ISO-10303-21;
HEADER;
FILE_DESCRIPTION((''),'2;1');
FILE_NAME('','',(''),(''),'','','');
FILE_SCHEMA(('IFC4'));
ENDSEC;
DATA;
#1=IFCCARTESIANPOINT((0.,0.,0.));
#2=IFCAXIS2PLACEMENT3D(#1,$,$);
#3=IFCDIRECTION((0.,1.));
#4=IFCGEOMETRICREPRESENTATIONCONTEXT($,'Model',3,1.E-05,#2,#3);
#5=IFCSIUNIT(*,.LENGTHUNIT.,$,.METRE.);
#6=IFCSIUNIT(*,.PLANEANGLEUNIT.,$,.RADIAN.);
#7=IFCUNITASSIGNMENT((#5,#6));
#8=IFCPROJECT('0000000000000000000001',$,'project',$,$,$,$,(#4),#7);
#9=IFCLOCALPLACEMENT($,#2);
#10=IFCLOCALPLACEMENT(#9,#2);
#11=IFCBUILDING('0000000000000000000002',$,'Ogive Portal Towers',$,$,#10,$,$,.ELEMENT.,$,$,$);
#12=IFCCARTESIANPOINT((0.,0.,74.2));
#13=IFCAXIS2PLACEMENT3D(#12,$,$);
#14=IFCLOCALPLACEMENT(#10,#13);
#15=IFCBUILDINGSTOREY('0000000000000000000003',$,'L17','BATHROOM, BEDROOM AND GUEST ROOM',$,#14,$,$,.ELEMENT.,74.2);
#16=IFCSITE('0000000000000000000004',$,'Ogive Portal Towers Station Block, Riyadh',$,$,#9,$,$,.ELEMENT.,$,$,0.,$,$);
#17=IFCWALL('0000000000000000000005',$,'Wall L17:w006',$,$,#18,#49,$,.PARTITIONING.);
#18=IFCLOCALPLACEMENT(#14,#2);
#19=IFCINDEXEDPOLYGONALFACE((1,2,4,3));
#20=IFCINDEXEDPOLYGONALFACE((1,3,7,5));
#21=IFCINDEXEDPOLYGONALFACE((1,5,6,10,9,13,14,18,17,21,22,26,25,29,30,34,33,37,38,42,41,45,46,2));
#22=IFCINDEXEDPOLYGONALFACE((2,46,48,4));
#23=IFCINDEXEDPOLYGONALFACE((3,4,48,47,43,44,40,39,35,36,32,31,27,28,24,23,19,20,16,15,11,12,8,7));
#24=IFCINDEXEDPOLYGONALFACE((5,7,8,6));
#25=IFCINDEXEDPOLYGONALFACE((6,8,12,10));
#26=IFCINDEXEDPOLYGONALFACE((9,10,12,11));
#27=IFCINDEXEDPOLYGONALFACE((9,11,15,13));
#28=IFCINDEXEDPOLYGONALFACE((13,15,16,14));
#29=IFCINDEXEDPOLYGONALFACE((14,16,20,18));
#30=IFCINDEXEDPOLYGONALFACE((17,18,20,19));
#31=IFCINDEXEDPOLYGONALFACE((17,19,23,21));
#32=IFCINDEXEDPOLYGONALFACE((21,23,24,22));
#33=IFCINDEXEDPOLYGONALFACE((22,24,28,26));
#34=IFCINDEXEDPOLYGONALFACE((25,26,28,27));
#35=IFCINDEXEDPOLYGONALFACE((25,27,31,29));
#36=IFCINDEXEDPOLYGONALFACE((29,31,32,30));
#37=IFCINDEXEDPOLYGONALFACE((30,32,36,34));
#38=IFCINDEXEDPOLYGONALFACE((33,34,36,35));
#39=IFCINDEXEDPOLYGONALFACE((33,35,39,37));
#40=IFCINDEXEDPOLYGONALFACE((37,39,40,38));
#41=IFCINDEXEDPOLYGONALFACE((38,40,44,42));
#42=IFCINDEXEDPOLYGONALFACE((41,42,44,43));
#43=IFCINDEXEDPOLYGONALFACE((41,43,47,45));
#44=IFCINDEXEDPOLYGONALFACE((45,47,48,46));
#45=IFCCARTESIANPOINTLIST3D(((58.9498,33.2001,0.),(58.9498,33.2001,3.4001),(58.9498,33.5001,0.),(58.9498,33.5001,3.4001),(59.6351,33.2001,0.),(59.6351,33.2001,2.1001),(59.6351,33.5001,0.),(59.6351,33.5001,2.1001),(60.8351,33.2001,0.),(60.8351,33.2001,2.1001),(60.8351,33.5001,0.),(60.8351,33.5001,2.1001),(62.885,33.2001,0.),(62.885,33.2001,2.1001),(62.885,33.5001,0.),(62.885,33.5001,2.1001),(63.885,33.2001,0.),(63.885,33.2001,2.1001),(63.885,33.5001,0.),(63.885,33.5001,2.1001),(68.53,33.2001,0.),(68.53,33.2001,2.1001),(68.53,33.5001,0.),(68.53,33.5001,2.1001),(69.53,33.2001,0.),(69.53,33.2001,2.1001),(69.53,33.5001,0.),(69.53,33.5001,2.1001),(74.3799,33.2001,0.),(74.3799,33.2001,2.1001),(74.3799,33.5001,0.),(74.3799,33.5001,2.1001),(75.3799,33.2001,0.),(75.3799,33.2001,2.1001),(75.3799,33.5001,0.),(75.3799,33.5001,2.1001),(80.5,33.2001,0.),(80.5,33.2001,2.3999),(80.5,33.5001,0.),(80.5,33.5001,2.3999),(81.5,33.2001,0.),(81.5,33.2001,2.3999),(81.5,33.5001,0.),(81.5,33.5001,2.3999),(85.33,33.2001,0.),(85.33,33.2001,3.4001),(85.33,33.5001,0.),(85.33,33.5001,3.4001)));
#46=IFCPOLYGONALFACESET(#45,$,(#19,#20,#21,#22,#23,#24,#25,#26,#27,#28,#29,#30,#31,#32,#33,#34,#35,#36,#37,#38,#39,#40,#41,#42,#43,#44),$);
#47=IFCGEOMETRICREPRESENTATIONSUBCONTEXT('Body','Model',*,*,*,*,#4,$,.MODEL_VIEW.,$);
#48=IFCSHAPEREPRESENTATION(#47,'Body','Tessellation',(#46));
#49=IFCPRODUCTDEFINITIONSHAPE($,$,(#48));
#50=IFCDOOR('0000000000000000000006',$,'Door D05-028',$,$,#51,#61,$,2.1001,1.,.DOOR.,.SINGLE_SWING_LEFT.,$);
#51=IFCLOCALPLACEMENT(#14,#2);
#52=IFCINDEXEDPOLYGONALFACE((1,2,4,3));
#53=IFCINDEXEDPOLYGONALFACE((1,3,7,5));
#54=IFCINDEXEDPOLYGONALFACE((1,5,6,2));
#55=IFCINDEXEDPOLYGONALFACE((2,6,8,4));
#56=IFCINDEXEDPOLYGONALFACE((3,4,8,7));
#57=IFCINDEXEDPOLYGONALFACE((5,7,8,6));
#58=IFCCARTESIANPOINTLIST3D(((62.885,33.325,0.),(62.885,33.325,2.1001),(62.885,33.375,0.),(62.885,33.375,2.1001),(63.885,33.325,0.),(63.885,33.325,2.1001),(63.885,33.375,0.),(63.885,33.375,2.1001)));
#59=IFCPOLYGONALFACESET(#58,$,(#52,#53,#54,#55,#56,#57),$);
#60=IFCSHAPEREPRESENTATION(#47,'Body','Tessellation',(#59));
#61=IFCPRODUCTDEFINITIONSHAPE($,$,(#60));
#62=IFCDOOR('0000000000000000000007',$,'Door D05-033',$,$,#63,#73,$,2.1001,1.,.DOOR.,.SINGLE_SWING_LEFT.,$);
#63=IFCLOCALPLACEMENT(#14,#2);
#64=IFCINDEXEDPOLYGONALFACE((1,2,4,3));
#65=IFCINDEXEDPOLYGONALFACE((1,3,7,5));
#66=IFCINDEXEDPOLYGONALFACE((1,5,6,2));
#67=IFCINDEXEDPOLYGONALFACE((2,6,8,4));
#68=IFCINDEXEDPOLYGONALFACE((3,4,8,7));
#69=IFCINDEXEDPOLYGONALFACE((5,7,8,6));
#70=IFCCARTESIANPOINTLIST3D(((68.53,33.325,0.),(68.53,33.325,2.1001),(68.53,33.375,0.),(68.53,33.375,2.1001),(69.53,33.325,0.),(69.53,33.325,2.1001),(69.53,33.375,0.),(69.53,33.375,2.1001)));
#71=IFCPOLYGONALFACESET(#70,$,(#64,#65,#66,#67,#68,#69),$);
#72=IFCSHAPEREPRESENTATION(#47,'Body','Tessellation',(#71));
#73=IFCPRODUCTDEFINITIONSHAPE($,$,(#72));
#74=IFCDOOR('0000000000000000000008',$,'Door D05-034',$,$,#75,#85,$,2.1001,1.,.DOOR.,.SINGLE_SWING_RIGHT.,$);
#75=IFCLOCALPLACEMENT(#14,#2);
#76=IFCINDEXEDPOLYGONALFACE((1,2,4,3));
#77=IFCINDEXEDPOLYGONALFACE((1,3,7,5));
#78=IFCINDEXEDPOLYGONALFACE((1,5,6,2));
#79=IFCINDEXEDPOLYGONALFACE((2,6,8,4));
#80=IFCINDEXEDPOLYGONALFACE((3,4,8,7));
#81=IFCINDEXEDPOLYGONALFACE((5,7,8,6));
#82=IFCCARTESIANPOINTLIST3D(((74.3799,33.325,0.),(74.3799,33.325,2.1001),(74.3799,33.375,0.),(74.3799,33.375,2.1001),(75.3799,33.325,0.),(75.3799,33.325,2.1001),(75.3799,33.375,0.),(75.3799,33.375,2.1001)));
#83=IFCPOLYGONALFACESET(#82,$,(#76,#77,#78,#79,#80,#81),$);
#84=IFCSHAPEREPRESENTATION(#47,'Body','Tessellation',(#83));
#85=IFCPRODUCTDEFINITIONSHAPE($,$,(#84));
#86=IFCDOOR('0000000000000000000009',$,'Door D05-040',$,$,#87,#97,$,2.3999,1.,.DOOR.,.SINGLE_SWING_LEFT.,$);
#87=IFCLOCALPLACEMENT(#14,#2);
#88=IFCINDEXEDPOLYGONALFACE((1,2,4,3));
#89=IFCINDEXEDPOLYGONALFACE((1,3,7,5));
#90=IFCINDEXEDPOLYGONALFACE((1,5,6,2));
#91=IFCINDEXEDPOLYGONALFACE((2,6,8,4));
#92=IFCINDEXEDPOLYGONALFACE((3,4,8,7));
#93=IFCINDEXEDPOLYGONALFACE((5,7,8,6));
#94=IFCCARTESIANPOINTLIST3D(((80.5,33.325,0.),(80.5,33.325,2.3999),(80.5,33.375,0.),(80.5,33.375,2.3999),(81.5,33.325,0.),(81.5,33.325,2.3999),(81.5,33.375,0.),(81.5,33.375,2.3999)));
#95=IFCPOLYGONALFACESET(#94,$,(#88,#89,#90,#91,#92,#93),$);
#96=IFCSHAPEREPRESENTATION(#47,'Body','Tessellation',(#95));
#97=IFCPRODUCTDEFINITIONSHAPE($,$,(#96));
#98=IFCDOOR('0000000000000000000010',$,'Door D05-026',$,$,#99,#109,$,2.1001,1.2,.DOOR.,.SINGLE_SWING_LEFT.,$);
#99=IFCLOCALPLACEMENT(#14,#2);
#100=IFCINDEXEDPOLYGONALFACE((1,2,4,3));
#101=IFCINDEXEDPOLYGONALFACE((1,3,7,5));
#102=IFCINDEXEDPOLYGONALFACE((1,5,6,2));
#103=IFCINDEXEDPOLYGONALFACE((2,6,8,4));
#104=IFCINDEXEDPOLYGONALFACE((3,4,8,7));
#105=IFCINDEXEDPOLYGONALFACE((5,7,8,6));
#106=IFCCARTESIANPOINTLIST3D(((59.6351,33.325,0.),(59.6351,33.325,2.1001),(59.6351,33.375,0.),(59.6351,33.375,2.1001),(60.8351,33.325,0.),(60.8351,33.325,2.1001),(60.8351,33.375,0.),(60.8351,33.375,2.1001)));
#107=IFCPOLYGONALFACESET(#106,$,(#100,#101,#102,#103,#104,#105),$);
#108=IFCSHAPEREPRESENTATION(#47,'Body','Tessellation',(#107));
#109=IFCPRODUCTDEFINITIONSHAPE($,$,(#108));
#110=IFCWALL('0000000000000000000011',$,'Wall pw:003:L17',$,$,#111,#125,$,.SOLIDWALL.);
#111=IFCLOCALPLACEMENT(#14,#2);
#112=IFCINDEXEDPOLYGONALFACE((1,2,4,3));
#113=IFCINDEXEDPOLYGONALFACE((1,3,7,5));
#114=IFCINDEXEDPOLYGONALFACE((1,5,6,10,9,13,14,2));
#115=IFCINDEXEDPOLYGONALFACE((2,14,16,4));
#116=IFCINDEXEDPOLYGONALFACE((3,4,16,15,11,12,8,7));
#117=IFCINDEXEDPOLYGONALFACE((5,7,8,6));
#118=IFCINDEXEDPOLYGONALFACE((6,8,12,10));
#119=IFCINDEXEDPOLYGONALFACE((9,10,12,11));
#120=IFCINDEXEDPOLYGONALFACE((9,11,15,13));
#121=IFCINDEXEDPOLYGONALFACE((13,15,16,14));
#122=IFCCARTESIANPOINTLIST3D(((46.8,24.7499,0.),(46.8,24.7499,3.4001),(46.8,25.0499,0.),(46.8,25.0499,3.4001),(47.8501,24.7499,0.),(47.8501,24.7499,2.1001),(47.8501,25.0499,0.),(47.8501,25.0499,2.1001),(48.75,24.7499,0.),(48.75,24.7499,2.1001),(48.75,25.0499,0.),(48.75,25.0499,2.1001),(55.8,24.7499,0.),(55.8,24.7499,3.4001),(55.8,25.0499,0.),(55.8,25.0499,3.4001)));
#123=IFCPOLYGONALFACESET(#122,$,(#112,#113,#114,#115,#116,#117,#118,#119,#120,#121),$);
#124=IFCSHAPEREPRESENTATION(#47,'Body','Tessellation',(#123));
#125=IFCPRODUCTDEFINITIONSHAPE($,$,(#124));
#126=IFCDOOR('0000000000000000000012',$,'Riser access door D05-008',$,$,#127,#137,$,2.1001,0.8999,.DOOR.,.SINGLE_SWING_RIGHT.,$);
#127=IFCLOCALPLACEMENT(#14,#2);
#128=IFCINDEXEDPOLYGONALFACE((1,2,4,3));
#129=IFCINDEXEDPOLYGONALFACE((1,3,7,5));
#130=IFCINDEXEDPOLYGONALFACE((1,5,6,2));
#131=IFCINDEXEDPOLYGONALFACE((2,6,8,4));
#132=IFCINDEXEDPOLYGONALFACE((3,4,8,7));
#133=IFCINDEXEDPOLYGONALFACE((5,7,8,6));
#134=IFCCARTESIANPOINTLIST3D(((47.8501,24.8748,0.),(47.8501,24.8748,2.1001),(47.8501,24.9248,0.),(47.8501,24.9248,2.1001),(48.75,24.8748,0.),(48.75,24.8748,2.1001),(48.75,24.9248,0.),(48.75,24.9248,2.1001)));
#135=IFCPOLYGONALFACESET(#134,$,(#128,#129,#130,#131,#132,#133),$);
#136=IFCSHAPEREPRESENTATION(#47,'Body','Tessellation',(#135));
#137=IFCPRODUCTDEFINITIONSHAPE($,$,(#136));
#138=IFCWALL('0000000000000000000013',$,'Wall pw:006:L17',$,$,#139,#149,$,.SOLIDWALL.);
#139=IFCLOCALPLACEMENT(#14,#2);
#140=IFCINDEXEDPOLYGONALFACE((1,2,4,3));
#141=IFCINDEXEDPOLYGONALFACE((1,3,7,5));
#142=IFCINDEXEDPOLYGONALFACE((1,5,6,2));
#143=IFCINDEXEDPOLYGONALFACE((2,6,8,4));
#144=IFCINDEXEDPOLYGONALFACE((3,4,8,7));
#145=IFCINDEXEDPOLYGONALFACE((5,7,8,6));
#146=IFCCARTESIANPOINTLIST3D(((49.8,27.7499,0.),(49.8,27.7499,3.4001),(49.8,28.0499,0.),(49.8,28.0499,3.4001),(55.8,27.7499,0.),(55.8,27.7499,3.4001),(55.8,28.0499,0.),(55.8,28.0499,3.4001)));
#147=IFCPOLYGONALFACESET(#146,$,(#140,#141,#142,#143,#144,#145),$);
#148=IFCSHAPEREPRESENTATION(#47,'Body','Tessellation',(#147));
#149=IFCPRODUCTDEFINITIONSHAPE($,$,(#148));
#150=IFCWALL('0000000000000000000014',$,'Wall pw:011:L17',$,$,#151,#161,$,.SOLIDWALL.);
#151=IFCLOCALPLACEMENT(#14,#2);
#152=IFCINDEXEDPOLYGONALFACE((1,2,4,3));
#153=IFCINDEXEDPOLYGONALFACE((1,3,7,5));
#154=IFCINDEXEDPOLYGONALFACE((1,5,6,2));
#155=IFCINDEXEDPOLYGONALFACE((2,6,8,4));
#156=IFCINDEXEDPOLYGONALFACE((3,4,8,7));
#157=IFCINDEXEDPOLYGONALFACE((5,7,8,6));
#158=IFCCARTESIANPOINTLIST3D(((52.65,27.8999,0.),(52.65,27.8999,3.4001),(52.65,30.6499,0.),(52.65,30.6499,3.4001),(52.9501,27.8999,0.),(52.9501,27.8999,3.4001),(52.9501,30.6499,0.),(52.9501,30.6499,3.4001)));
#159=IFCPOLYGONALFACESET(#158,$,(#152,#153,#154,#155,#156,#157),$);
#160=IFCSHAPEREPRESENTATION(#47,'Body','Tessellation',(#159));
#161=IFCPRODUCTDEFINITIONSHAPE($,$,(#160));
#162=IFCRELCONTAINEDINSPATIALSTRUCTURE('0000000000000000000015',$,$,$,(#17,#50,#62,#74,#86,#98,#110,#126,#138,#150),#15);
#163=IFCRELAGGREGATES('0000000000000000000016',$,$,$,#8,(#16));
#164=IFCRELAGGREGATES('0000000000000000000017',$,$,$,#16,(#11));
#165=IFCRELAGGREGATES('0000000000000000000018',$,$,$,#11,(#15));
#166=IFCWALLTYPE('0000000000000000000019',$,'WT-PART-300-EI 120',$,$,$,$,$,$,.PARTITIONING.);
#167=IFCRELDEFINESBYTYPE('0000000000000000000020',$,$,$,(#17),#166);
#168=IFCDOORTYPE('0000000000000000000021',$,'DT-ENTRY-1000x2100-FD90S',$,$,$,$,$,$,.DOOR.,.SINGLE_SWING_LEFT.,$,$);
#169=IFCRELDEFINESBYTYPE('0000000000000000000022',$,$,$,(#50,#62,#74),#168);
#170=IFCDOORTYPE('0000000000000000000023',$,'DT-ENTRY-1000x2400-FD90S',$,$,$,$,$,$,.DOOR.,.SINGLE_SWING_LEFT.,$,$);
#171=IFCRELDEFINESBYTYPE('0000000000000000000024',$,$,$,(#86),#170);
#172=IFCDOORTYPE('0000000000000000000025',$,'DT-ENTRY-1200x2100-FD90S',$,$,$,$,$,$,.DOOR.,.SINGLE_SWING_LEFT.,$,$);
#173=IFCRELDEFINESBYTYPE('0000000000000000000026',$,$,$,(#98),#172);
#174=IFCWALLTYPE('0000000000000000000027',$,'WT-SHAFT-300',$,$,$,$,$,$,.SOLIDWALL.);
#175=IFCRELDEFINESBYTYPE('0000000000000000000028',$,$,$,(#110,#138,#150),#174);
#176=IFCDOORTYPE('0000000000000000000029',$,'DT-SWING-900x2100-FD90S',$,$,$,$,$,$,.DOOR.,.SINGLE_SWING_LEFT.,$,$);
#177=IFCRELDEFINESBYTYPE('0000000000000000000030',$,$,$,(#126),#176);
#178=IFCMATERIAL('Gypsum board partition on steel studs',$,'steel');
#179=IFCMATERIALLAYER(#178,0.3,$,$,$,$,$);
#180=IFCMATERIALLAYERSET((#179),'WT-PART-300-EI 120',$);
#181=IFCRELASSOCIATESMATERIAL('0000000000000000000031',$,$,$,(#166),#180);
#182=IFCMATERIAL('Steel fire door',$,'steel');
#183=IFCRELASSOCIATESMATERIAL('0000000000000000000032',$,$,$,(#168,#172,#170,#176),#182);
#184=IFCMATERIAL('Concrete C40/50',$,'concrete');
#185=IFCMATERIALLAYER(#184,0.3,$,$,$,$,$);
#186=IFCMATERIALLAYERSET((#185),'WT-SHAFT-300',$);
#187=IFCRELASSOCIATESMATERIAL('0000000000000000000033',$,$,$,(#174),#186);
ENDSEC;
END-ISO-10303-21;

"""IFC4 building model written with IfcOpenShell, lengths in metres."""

from ifc_helpers import new_model, si_unit, direction, frame, frame_2d, origin, place, context, subcontext, project, spatial, rectangle, extrude, material, layer, layer_set, type_object, element, fill, save


model = new_model("IFC4")

# Units and contexts
model_context = context("Model", 3, precision=1e-05, world=origin(), true_north=direction((0.0, 1.0)))
body_context = subcontext(model_context, "Body", "Model", "MODEL_VIEW")
ifc_project = project(units=[si_unit("LENGTHUNIT", "METRE"), si_unit("PLANEANGLEUNIT", "RADIAN")], contexts=[model_context])

# Site, building, storey
site_placement = place(None, origin())
site = spatial("IfcSite", under=ifc_project, at=site_placement, Name="Ogive Portal Towers Station Block, Riyadh", CompositionType="ELEMENT", RefElevation=0.0)
building_placement = place(site_placement, origin())
building = spatial("IfcBuilding", under=site, at=building_placement, Name="Ogive Portal Towers", CompositionType="ELEMENT")
storey_placement = place(building_placement, frame((0.0, 0.0, 74.2)))
storey = spatial("IfcBuildingStorey", under=building, at=storey_placement, Name="L17", Description="BATHROOM, BEDROOM AND GUEST ROOM", CompositionType="ELEMENT", Elevation=74.2)

# Shared definitions
ifc_material_1 = material(Name="Gypsum board partition on steel studs", Category="steel")
ifc_material_2 = material(Name="Steel fire door", Category="steel")

# Wall, openings, doors
ifc_layer_1 = layer(ifc_material_1, 0.3)
ifc_layer_set_1 = layer_set([ifc_layer_1], Name="WT-PART-300-EI 120")
wall_type_1 = type_object("IfcWallType", Name="WT-PART-300-EI 120", PredefinedType="PARTITIONING", material=ifc_layer_set_1)
door_type_1 = type_object("IfcDoorType", Name="DT-ENTRY-1000x2100-FD90S", OperationType="SINGLE_SWING_LEFT", PredefinedType="DOOR", material=ifc_material_2)
door_type_2 = type_object("IfcDoorType", Name="DT-ENTRY-1200x2100-FD90S", OperationType="SINGLE_SWING_LEFT", PredefinedType="DOOR", material=ifc_material_2)
wall_1_placement = place(storey_placement, frame((58.95, 33.3501, 0.0), z_axis=(0.0, 0.0, 1.0), x_axis=(1.0, 0.0, 0.0)))
wall_1 = element("IfcWall", 1, at=wall_1_placement, inside=storey, type_object=wall_type_1, Name="Wall L17:w006", PredefinedType="PARTITIONING", context=body_context, shape_type="SweptSolid", body=[
    extrude(rectangle(XDim=26.3801, YDim=0.3, at=frame_2d((13.1899, 0.0))), origin(), (0.0, 0.0, 1.0), 3.4001),
])
opening_1_placement = place(wall_1_placement, frame((0.6851, 0.0, 0.0)))
opening_1 = element("IfcOpeningElement", 2, at=opening_1_placement, cuts=wall_1, PredefinedType="OPENING", context=body_context, shape_type="SweptSolid", body=[
    extrude(rectangle(XDim=1.2, YDim=2.1001, at=frame_2d((0.6001, 1.05))), frame((0.0, 0.1602, 0.0), z_axis=(0.0, -1.0, 0.0), x_axis=(1.0, 0.0, 0.0)), (0.0, 0.0, 1.0), 0.3201),
])
opening_2_placement = place(wall_1_placement, frame((3.9351, 0.0, 0.0)))
opening_2 = element("IfcOpeningElement", 3, at=opening_2_placement, cuts=wall_1, PredefinedType="OPENING", context=body_context, shape_type="SweptSolid", body=[
    extrude(rectangle(XDim=1.0, YDim=2.1001, at=frame_2d((0.5, 1.05))), frame((0.0, 0.1602, 0.0), z_axis=(0.0, -1.0, 0.0), x_axis=(1.0, 0.0, 0.0)), (0.0, 0.0, 1.0), 0.3201),
])
opening_3_placement = place(wall_1_placement, frame((9.5801, 0.0, 0.0)))
opening_3 = element("IfcOpeningElement", 4, at=opening_3_placement, cuts=wall_1, PredefinedType="OPENING", context=body_context, shape_type="SweptSolid", body=[
    extrude(rectangle(XDim=1.0, YDim=2.1001, at=frame_2d((0.5, 1.05))), frame((0.0, 0.1602, 0.0), z_axis=(0.0, -1.0, 0.0), x_axis=(1.0, 0.0, 0.0)), (0.0, 0.0, 1.0), 0.3201),
])
opening_4_placement = place(wall_1_placement, frame((15.4299, 0.0, 0.0)))
opening_4 = element("IfcOpeningElement", 5, at=opening_4_placement, cuts=wall_1, PredefinedType="OPENING", context=body_context, shape_type="SweptSolid", body=[
    extrude(rectangle(XDim=1.0, YDim=2.1001, at=frame_2d((0.5, 1.05))), frame((0.0, 0.1602, 0.0), z_axis=(0.0, -1.0, 0.0), x_axis=(1.0, 0.0, 0.0)), (0.0, 0.0, 1.0), 0.3201),
])
opening_5_placement = place(wall_1_placement, frame((21.55, 0.0, 0.0)))
opening_5 = element("IfcOpeningElement", 6, at=opening_5_placement, cuts=wall_1, PredefinedType="OPENING", context=body_context, shape_type="SweptSolid", body=[
    extrude(rectangle(XDim=1.0, YDim=2.3999, at=frame_2d((0.5, 1.2))), frame((0.0, 0.1602, 0.0), z_axis=(0.0, -1.0, 0.0), x_axis=(1.0, 0.0, 0.0)), (0.0, 0.0, 1.0), 0.3201),
])
door_1_placement = place(opening_2_placement, origin())
door_1 = element("IfcDoor", 7, at=door_1_placement, inside=storey, type_object=door_type_1, Name="Door D05-028", OperationType="SINGLE_SWING_LEFT", OverallHeight=2.1001, OverallWidth=1.0, PredefinedType="DOOR", context=body_context, shape_type="SweptSolid", body=[
    extrude(rectangle(XDim=1.0, YDim=2.1001, at=frame_2d((0.5, 1.05))), frame((0.0, 0.0249, 0.0), z_axis=(0.0, -1.0, 0.0), x_axis=(1.0, 0.0, 0.0)), (0.0, 0.0, 1.0), 0.05),
])
fill(opening_2, door_1)
door_2_placement = place(opening_3_placement, origin())
door_2 = element("IfcDoor", 8, at=door_2_placement, inside=storey, type_object=door_type_1, Name="Door D05-033", OperationType="SINGLE_SWING_LEFT", OverallHeight=2.1001, OverallWidth=1.0, PredefinedType="DOOR", context=body_context, shape_type="SweptSolid", body=[
    extrude(rectangle(XDim=1.0, YDim=2.1001, at=frame_2d((0.5, 1.05))), frame((0.0, 0.0249, 0.0), z_axis=(0.0, -1.0, 0.0), x_axis=(1.0, 0.0, 0.0)), (0.0, 0.0, 1.0), 0.05),
])
fill(opening_3, door_2)
door_3_placement = place(opening_4_placement, origin())
door_3 = element("IfcDoor", 9, at=door_3_placement, inside=storey, type_object=door_type_1, Name="Door D05-034", OperationType="SINGLE_SWING_RIGHT", OverallHeight=2.1001, OverallWidth=1.0, PredefinedType="DOOR", context=body_context, shape_type="SweptSolid", body=[
    extrude(rectangle(XDim=1.0, YDim=2.1001, at=frame_2d((0.5, 1.05))), frame((0.0, 0.0249, 0.0), z_axis=(0.0, -1.0, 0.0), x_axis=(1.0, 0.0, 0.0)), (0.0, 0.0, 1.0), 0.05),
])
fill(opening_4, door_3)
door_type_3 = type_object("IfcDoorType", Name="DT-ENTRY-1000x2400-FD90S", OperationType="SINGLE_SWING_LEFT", PredefinedType="DOOR", material=ifc_material_2)
door_4_placement = place(opening_5_placement, origin())
door_4 = element("IfcDoor", 10, at=door_4_placement, inside=storey, type_object=door_type_3, Name="Door D05-040", OperationType="SINGLE_SWING_LEFT", OverallHeight=2.3999, OverallWidth=1.0, PredefinedType="DOOR", context=body_context, shape_type="SweptSolid", body=[
    extrude(rectangle(XDim=1.0, YDim=2.3999, at=frame_2d((0.5, 1.2))), frame((0.0, 0.0249, 0.0), z_axis=(0.0, -1.0, 0.0), x_axis=(1.0, 0.0, 0.0)), (0.0, 0.0, 1.0), 0.05),
])
fill(opening_5, door_4)
door_5_placement = place(opening_1_placement, origin())
door_5 = element("IfcDoor", 11, at=door_5_placement, inside=storey, type_object=door_type_2, Name="Door D05-026", OperationType="SINGLE_SWING_LEFT", OverallHeight=2.1001, OverallWidth=1.2, PredefinedType="DOOR", context=body_context, shape_type="SweptSolid", body=[
    extrude(rectangle(XDim=1.2, YDim=2.1001, at=frame_2d((0.6001, 1.05))), frame((0.0, 0.0249, 0.0), z_axis=(0.0, -1.0, 0.0), x_axis=(1.0, 0.0, 0.0)), (0.0, 0.0, 1.0), 0.05),
])
fill(opening_1, door_5)

# Wall, opening, door
ifc_material_3 = material(Name="Concrete C40/50", Category="concrete")
ifc_layer_2 = layer(ifc_material_3, 0.3)
ifc_layer_set_2 = layer_set([ifc_layer_2], Name="WT-SHAFT-300")
wall_type_2 = type_object("IfcWallType", Name="WT-SHAFT-300", PredefinedType="SOLIDWALL", material=ifc_layer_set_2)
wall_2_placement = place(storey_placement, frame((46.8, 24.8999, 0.0), z_axis=(0.0, 0.0, 1.0), x_axis=(1.0, 0.0, 0.0)))
wall_2 = element("IfcWall", 12, at=wall_2_placement, inside=storey, type_object=wall_type_2, Name="Wall pw:003:L17", PredefinedType="SOLIDWALL", context=body_context, shape_type="SweptSolid", body=[
    extrude(rectangle(XDim=9.0, YDim=0.3, at=frame_2d((4.5, 0.0))), origin(), (0.0, 0.0, 1.0), 3.4001),
])
opening_6_placement = place(wall_2_placement, frame((1.05, 0.0, 0.0)))
opening_6 = element("IfcOpeningElement", 13, at=opening_6_placement, cuts=wall_2, PredefinedType="OPENING", context=body_context, shape_type="SweptSolid", body=[
    extrude(rectangle(XDim=0.8999, YDim=2.1001, at=frame_2d((0.45, 1.05))), frame((0.0, 0.1602, 0.0), z_axis=(0.0, -1.0, 0.0), x_axis=(1.0, 0.0, 0.0)), (0.0, 0.0, 1.0), 0.3201),
])
door_type_4 = type_object("IfcDoorType", Name="DT-SWING-900x2100-FD90S", OperationType="SINGLE_SWING_LEFT", PredefinedType="DOOR", material=ifc_material_2)
door_6_placement = place(opening_6_placement, origin())
door_6 = element("IfcDoor", 14, at=door_6_placement, inside=storey, type_object=door_type_4, Name="Riser access door D05-008", OperationType="SINGLE_SWING_RIGHT", OverallHeight=2.1001, OverallWidth=0.8999, PredefinedType="DOOR", context=body_context, shape_type="SweptSolid", body=[
    extrude(rectangle(XDim=0.8999, YDim=2.1001, at=frame_2d((0.45, 1.05))), frame((0.0, 0.0249, 0.0), z_axis=(0.0, -1.0, 0.0), x_axis=(1.0, 0.0, 0.0)), (0.0, 0.0, 1.0), 0.05),
])
fill(opening_6, door_6)

# Walls
wall_3_placement = place(storey_placement, frame((49.8, 27.8999, 0.0), z_axis=(0.0, 0.0, 1.0), x_axis=(1.0, 0.0, 0.0)))
element("IfcWall", 15, at=wall_3_placement, inside=storey, type_object=wall_type_2, Name="Wall pw:006:L17", PredefinedType="SOLIDWALL", context=body_context, shape_type="SweptSolid", body=[
    extrude(rectangle(XDim=6.0, YDim=0.3, at=frame_2d((3.0, 0.0))), origin(), (0.0, 0.0, 1.0), 3.4001),
])
wall_4_placement = place(storey_placement, frame((52.8, 27.8999, 0.0), z_axis=(0.0, 0.0, 1.0), x_axis=(0.0, 1.0, 0.0)))
element("IfcWall", 16, at=wall_4_placement, inside=storey, type_object=wall_type_2, Name="Wall pw:011:L17", PredefinedType="SOLIDWALL", context=body_context, shape_type="SweptSolid", body=[
    extrude(rectangle(XDim=2.75, YDim=0.3, at=frame_2d((1.375, 0.0))), origin(), (0.0, 0.0, 1.0), 3.4001),
])

save(model, "model.ifc")
